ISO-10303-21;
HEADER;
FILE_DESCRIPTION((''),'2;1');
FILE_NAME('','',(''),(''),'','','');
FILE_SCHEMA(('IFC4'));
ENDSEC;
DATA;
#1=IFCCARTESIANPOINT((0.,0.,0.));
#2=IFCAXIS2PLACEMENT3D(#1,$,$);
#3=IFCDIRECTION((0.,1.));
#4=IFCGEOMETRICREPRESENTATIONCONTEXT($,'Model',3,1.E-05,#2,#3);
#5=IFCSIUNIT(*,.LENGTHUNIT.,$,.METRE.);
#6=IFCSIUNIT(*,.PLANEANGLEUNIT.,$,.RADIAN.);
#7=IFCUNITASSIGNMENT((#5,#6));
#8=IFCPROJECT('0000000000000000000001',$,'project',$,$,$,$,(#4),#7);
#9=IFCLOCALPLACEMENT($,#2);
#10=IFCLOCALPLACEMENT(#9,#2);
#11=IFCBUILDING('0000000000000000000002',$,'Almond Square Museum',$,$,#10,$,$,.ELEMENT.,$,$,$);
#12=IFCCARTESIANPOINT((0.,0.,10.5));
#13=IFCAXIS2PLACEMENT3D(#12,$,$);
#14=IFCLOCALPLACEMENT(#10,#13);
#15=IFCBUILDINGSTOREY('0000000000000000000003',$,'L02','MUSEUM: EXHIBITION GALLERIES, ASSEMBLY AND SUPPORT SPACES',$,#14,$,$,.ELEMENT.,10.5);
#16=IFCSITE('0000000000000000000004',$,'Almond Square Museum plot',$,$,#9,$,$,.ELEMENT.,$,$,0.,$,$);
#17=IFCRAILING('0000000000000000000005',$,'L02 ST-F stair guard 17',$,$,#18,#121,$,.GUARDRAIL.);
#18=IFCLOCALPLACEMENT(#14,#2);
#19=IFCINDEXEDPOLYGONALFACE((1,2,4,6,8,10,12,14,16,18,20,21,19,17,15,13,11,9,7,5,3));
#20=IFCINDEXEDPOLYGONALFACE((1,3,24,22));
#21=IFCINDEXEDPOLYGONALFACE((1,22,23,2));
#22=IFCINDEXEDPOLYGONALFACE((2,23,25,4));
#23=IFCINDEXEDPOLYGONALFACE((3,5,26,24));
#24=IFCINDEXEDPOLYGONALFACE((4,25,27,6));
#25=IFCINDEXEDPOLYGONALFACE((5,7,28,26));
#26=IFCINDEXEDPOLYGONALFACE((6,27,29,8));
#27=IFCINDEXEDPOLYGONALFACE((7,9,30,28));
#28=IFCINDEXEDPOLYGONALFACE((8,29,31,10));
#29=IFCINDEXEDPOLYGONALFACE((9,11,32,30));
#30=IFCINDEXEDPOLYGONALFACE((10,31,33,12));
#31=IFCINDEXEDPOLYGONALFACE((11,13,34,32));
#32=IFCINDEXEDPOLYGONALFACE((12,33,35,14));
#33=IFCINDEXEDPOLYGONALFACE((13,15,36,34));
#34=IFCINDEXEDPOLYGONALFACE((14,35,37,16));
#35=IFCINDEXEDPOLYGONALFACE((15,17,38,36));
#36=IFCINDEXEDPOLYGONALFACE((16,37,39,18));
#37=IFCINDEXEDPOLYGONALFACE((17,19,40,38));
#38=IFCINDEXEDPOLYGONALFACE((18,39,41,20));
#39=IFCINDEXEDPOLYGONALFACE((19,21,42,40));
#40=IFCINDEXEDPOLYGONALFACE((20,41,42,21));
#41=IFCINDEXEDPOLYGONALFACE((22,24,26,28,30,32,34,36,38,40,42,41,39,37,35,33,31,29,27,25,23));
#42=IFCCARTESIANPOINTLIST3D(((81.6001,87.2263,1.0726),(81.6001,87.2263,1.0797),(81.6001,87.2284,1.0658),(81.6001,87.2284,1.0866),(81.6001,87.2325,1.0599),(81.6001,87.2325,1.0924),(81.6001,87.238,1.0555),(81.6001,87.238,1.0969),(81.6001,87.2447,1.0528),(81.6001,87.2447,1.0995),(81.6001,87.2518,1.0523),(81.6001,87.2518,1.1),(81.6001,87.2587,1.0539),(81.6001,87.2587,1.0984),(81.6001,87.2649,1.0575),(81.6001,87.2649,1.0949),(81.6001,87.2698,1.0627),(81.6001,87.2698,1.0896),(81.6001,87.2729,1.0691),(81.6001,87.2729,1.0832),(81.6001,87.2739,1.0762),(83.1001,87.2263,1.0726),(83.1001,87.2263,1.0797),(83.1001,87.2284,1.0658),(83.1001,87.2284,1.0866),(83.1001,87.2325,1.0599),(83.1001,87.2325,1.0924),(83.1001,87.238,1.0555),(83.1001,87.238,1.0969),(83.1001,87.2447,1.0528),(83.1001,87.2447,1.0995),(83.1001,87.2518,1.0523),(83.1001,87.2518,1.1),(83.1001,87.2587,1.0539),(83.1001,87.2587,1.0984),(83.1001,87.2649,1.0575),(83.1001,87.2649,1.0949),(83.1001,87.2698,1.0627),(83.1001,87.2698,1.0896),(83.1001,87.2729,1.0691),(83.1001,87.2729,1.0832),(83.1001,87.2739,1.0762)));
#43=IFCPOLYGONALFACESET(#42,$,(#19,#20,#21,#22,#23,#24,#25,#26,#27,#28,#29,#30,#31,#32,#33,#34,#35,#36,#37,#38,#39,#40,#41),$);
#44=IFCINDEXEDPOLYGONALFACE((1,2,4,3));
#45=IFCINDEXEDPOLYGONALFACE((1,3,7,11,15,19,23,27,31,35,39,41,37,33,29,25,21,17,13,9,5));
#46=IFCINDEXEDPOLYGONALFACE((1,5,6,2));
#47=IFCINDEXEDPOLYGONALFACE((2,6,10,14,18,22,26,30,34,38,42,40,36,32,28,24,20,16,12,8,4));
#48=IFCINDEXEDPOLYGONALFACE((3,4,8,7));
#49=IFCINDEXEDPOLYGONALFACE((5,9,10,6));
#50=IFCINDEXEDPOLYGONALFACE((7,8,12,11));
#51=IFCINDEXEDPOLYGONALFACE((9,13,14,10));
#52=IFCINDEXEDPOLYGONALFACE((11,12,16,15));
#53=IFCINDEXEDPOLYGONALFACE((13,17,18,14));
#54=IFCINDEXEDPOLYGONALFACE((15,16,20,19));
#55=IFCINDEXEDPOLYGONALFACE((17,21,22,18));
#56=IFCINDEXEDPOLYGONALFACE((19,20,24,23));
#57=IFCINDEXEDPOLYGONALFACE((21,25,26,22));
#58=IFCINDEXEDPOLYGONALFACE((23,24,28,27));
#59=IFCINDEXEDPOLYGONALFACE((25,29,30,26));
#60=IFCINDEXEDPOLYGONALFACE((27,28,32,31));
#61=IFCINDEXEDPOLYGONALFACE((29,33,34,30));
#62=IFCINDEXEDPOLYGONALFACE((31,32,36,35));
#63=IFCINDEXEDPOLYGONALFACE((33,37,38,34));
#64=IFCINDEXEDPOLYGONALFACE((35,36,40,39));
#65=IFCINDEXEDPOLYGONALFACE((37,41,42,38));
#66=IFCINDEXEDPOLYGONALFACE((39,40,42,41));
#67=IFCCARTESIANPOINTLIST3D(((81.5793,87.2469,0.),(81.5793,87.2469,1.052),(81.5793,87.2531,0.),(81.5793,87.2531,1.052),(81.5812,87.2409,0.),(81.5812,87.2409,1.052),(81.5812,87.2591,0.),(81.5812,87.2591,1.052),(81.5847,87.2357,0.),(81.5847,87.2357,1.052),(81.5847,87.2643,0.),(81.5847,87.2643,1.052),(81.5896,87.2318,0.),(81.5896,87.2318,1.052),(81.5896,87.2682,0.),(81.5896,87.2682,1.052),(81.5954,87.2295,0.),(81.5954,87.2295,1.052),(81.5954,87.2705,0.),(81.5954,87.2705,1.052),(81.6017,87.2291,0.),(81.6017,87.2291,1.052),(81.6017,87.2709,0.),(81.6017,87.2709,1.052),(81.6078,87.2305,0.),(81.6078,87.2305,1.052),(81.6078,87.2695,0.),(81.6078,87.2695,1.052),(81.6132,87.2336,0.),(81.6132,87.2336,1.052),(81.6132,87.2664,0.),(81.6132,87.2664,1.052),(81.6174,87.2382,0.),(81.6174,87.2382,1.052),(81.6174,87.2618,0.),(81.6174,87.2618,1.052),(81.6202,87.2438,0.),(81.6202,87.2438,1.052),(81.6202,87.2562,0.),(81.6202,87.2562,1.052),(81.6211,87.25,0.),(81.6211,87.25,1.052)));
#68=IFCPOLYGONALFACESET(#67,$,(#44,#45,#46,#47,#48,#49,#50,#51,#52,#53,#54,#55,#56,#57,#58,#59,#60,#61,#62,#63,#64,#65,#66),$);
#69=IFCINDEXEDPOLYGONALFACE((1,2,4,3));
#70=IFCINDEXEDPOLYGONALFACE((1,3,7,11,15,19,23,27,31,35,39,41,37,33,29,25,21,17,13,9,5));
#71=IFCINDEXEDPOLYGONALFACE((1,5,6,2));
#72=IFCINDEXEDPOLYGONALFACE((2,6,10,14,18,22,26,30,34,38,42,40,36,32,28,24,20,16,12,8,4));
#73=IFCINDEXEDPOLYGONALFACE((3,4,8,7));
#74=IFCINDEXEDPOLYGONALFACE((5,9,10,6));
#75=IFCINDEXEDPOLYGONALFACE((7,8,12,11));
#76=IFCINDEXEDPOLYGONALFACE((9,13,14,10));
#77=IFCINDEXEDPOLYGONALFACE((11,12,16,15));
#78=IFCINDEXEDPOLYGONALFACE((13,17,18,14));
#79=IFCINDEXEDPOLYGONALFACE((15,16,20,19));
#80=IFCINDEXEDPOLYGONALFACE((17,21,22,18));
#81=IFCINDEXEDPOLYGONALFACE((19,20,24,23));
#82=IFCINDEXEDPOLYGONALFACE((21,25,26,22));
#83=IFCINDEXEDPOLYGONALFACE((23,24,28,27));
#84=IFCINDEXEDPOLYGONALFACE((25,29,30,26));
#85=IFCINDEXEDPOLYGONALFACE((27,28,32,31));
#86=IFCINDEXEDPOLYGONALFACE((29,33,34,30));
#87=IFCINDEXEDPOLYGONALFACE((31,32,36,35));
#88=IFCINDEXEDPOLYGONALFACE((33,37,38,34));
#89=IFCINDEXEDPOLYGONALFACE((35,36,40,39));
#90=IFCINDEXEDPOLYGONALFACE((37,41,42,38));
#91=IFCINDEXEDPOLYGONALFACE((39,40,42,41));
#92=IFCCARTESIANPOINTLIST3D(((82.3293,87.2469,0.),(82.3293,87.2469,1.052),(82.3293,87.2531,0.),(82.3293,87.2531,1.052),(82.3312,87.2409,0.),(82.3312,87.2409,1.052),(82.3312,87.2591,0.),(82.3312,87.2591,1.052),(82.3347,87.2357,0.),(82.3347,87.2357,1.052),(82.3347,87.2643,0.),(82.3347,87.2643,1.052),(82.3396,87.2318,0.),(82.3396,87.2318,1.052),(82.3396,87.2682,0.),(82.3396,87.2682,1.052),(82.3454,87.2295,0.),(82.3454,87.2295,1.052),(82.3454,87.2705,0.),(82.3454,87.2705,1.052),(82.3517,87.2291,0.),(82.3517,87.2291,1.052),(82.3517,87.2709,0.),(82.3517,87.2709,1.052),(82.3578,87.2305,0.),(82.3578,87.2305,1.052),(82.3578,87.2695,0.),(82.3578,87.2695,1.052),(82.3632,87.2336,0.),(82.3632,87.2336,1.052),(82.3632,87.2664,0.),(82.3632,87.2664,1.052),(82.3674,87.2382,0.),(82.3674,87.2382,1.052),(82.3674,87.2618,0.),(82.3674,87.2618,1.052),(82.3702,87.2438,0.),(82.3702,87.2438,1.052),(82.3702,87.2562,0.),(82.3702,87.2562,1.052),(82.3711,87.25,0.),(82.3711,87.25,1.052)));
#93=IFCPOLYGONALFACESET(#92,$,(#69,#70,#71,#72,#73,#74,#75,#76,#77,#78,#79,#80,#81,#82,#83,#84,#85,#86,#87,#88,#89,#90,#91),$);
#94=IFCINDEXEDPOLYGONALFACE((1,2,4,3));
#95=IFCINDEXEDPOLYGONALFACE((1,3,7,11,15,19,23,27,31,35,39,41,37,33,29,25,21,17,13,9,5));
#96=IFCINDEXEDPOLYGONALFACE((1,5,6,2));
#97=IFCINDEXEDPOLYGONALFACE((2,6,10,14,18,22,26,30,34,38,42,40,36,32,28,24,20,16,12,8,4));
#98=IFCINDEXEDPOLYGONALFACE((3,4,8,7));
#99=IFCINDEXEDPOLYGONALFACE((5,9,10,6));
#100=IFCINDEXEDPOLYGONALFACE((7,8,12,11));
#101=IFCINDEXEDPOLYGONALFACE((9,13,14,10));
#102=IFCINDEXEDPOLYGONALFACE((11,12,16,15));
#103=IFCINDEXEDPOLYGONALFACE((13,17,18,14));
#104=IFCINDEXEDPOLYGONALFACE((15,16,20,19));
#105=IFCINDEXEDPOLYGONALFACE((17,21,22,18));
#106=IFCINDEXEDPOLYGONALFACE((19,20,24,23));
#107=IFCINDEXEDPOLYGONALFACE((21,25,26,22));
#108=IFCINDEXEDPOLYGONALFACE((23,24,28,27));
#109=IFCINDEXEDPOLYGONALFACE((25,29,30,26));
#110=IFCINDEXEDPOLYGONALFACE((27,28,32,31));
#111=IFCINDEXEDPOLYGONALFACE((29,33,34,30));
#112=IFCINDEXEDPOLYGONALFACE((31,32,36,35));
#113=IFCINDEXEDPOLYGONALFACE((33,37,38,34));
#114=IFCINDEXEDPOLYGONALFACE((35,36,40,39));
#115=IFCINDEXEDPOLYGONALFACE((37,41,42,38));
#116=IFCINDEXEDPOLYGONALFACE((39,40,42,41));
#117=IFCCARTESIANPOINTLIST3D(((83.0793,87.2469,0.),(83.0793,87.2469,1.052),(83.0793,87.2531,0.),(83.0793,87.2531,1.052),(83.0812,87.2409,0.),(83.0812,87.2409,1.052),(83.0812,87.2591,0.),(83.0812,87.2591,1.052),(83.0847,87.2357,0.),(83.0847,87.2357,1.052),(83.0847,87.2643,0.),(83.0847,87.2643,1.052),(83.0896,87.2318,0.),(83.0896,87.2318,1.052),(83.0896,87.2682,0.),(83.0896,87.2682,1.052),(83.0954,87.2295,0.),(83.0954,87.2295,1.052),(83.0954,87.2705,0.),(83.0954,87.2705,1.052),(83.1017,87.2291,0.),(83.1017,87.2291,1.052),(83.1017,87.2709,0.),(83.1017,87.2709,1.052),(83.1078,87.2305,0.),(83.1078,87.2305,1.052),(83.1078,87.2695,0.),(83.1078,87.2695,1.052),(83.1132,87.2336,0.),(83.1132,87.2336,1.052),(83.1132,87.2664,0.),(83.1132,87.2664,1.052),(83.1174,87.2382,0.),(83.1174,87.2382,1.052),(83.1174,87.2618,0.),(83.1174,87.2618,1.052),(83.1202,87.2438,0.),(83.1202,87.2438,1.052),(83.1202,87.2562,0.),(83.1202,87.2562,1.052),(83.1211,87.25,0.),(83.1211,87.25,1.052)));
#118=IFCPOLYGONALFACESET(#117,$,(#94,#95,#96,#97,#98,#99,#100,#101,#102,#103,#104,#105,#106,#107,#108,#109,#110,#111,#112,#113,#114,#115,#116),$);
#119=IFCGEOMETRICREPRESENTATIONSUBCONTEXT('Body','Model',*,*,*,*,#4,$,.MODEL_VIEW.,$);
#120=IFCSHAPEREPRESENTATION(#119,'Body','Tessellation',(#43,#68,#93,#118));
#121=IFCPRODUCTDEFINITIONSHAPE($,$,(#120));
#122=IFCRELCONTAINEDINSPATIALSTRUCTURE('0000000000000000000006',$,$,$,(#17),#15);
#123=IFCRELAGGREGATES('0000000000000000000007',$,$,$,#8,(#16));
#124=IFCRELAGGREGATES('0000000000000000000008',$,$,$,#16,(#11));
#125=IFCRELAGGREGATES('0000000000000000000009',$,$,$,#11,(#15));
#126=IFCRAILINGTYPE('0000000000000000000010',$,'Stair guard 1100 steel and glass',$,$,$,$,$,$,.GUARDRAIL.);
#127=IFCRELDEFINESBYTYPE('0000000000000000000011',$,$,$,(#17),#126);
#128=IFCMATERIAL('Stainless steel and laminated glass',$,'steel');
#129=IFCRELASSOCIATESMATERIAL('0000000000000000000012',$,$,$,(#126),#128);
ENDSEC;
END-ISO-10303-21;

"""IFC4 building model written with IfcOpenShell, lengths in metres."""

from ifc_helpers import new_model, si_unit, direction, frame, origin, origin_2d, place, context, subcontext, project, spatial, circle, extrude, material, type_object, element, save


model = new_model("IFC4")

# Units and contexts
model_context = context("Model", 3, precision=1e-05, world=origin(), true_north=direction((0.0, 1.0)))
body_context = subcontext(model_context, "Body", "Model", "MODEL_VIEW")
ifc_project = project(units=[si_unit("LENGTHUNIT", "METRE"), si_unit("PLANEANGLEUNIT", "RADIAN")], contexts=[model_context])

# Site, building, storey
site_placement = place(None, origin())
site = spatial("IfcSite", under=ifc_project, at=site_placement, Name="Almond Square Museum plot", CompositionType="ELEMENT", RefElevation=0.0)
building_placement = place(site_placement, origin())
building = spatial("IfcBuilding", under=site, at=building_placement, Name="Almond Square Museum", CompositionType="ELEMENT")
storey_placement = place(building_placement, frame((0.0, 0.0, 10.5)))
storey = spatial("IfcBuildingStorey", under=building, at=storey_placement, Name="L02", Description="MUSEUM: EXHIBITION GALLERIES, ASSEMBLY AND SUPPORT SPACES", CompositionType="ELEMENT", Elevation=10.5)

# Railing
ifc_material_1 = material(Name="Stainless steel and laminated glass", Category="steel")
railing_type_1 = type_object("IfcRailingType", Name="Stair guard 1100 steel and glass", PredefinedType="GUARDRAIL", material=ifc_material_1)
railing_1_placement = place(storey_placement, frame((81.6001, 87.25, 0.0)))
element("IfcRailing", 1, at=railing_1_placement, inside=storey, type_object=railing_type_1, Name="L02 ST-F stair guard 17", PredefinedType="GUARDRAIL", context=body_context, shape_type="SweptSolid", body=[
    extrude(circle(Radius=0.0239, at=origin_2d()), frame((0.0, 0.0, 1.0762), z_axis=(1.0, 0.0, 0.0), x_axis=(0.0, 1.0, 0.0)), (0.0, 0.0, 1.0), 1.5),
    extrude(circle(Radius=0.021, at=origin_2d()), origin(), (0.0, 0.0, 1.0), 1.052),
    extrude(circle(Radius=0.021, at=origin_2d()), frame((0.75, 0.0, 0.0)), (0.0, 0.0, 1.0), 1.052),
    extrude(circle(Radius=0.021, at=origin_2d()), frame((1.5, 0.0, 0.0)), (0.0, 0.0, 1.0), 1.052),
])

save(model, "model.ifc")
